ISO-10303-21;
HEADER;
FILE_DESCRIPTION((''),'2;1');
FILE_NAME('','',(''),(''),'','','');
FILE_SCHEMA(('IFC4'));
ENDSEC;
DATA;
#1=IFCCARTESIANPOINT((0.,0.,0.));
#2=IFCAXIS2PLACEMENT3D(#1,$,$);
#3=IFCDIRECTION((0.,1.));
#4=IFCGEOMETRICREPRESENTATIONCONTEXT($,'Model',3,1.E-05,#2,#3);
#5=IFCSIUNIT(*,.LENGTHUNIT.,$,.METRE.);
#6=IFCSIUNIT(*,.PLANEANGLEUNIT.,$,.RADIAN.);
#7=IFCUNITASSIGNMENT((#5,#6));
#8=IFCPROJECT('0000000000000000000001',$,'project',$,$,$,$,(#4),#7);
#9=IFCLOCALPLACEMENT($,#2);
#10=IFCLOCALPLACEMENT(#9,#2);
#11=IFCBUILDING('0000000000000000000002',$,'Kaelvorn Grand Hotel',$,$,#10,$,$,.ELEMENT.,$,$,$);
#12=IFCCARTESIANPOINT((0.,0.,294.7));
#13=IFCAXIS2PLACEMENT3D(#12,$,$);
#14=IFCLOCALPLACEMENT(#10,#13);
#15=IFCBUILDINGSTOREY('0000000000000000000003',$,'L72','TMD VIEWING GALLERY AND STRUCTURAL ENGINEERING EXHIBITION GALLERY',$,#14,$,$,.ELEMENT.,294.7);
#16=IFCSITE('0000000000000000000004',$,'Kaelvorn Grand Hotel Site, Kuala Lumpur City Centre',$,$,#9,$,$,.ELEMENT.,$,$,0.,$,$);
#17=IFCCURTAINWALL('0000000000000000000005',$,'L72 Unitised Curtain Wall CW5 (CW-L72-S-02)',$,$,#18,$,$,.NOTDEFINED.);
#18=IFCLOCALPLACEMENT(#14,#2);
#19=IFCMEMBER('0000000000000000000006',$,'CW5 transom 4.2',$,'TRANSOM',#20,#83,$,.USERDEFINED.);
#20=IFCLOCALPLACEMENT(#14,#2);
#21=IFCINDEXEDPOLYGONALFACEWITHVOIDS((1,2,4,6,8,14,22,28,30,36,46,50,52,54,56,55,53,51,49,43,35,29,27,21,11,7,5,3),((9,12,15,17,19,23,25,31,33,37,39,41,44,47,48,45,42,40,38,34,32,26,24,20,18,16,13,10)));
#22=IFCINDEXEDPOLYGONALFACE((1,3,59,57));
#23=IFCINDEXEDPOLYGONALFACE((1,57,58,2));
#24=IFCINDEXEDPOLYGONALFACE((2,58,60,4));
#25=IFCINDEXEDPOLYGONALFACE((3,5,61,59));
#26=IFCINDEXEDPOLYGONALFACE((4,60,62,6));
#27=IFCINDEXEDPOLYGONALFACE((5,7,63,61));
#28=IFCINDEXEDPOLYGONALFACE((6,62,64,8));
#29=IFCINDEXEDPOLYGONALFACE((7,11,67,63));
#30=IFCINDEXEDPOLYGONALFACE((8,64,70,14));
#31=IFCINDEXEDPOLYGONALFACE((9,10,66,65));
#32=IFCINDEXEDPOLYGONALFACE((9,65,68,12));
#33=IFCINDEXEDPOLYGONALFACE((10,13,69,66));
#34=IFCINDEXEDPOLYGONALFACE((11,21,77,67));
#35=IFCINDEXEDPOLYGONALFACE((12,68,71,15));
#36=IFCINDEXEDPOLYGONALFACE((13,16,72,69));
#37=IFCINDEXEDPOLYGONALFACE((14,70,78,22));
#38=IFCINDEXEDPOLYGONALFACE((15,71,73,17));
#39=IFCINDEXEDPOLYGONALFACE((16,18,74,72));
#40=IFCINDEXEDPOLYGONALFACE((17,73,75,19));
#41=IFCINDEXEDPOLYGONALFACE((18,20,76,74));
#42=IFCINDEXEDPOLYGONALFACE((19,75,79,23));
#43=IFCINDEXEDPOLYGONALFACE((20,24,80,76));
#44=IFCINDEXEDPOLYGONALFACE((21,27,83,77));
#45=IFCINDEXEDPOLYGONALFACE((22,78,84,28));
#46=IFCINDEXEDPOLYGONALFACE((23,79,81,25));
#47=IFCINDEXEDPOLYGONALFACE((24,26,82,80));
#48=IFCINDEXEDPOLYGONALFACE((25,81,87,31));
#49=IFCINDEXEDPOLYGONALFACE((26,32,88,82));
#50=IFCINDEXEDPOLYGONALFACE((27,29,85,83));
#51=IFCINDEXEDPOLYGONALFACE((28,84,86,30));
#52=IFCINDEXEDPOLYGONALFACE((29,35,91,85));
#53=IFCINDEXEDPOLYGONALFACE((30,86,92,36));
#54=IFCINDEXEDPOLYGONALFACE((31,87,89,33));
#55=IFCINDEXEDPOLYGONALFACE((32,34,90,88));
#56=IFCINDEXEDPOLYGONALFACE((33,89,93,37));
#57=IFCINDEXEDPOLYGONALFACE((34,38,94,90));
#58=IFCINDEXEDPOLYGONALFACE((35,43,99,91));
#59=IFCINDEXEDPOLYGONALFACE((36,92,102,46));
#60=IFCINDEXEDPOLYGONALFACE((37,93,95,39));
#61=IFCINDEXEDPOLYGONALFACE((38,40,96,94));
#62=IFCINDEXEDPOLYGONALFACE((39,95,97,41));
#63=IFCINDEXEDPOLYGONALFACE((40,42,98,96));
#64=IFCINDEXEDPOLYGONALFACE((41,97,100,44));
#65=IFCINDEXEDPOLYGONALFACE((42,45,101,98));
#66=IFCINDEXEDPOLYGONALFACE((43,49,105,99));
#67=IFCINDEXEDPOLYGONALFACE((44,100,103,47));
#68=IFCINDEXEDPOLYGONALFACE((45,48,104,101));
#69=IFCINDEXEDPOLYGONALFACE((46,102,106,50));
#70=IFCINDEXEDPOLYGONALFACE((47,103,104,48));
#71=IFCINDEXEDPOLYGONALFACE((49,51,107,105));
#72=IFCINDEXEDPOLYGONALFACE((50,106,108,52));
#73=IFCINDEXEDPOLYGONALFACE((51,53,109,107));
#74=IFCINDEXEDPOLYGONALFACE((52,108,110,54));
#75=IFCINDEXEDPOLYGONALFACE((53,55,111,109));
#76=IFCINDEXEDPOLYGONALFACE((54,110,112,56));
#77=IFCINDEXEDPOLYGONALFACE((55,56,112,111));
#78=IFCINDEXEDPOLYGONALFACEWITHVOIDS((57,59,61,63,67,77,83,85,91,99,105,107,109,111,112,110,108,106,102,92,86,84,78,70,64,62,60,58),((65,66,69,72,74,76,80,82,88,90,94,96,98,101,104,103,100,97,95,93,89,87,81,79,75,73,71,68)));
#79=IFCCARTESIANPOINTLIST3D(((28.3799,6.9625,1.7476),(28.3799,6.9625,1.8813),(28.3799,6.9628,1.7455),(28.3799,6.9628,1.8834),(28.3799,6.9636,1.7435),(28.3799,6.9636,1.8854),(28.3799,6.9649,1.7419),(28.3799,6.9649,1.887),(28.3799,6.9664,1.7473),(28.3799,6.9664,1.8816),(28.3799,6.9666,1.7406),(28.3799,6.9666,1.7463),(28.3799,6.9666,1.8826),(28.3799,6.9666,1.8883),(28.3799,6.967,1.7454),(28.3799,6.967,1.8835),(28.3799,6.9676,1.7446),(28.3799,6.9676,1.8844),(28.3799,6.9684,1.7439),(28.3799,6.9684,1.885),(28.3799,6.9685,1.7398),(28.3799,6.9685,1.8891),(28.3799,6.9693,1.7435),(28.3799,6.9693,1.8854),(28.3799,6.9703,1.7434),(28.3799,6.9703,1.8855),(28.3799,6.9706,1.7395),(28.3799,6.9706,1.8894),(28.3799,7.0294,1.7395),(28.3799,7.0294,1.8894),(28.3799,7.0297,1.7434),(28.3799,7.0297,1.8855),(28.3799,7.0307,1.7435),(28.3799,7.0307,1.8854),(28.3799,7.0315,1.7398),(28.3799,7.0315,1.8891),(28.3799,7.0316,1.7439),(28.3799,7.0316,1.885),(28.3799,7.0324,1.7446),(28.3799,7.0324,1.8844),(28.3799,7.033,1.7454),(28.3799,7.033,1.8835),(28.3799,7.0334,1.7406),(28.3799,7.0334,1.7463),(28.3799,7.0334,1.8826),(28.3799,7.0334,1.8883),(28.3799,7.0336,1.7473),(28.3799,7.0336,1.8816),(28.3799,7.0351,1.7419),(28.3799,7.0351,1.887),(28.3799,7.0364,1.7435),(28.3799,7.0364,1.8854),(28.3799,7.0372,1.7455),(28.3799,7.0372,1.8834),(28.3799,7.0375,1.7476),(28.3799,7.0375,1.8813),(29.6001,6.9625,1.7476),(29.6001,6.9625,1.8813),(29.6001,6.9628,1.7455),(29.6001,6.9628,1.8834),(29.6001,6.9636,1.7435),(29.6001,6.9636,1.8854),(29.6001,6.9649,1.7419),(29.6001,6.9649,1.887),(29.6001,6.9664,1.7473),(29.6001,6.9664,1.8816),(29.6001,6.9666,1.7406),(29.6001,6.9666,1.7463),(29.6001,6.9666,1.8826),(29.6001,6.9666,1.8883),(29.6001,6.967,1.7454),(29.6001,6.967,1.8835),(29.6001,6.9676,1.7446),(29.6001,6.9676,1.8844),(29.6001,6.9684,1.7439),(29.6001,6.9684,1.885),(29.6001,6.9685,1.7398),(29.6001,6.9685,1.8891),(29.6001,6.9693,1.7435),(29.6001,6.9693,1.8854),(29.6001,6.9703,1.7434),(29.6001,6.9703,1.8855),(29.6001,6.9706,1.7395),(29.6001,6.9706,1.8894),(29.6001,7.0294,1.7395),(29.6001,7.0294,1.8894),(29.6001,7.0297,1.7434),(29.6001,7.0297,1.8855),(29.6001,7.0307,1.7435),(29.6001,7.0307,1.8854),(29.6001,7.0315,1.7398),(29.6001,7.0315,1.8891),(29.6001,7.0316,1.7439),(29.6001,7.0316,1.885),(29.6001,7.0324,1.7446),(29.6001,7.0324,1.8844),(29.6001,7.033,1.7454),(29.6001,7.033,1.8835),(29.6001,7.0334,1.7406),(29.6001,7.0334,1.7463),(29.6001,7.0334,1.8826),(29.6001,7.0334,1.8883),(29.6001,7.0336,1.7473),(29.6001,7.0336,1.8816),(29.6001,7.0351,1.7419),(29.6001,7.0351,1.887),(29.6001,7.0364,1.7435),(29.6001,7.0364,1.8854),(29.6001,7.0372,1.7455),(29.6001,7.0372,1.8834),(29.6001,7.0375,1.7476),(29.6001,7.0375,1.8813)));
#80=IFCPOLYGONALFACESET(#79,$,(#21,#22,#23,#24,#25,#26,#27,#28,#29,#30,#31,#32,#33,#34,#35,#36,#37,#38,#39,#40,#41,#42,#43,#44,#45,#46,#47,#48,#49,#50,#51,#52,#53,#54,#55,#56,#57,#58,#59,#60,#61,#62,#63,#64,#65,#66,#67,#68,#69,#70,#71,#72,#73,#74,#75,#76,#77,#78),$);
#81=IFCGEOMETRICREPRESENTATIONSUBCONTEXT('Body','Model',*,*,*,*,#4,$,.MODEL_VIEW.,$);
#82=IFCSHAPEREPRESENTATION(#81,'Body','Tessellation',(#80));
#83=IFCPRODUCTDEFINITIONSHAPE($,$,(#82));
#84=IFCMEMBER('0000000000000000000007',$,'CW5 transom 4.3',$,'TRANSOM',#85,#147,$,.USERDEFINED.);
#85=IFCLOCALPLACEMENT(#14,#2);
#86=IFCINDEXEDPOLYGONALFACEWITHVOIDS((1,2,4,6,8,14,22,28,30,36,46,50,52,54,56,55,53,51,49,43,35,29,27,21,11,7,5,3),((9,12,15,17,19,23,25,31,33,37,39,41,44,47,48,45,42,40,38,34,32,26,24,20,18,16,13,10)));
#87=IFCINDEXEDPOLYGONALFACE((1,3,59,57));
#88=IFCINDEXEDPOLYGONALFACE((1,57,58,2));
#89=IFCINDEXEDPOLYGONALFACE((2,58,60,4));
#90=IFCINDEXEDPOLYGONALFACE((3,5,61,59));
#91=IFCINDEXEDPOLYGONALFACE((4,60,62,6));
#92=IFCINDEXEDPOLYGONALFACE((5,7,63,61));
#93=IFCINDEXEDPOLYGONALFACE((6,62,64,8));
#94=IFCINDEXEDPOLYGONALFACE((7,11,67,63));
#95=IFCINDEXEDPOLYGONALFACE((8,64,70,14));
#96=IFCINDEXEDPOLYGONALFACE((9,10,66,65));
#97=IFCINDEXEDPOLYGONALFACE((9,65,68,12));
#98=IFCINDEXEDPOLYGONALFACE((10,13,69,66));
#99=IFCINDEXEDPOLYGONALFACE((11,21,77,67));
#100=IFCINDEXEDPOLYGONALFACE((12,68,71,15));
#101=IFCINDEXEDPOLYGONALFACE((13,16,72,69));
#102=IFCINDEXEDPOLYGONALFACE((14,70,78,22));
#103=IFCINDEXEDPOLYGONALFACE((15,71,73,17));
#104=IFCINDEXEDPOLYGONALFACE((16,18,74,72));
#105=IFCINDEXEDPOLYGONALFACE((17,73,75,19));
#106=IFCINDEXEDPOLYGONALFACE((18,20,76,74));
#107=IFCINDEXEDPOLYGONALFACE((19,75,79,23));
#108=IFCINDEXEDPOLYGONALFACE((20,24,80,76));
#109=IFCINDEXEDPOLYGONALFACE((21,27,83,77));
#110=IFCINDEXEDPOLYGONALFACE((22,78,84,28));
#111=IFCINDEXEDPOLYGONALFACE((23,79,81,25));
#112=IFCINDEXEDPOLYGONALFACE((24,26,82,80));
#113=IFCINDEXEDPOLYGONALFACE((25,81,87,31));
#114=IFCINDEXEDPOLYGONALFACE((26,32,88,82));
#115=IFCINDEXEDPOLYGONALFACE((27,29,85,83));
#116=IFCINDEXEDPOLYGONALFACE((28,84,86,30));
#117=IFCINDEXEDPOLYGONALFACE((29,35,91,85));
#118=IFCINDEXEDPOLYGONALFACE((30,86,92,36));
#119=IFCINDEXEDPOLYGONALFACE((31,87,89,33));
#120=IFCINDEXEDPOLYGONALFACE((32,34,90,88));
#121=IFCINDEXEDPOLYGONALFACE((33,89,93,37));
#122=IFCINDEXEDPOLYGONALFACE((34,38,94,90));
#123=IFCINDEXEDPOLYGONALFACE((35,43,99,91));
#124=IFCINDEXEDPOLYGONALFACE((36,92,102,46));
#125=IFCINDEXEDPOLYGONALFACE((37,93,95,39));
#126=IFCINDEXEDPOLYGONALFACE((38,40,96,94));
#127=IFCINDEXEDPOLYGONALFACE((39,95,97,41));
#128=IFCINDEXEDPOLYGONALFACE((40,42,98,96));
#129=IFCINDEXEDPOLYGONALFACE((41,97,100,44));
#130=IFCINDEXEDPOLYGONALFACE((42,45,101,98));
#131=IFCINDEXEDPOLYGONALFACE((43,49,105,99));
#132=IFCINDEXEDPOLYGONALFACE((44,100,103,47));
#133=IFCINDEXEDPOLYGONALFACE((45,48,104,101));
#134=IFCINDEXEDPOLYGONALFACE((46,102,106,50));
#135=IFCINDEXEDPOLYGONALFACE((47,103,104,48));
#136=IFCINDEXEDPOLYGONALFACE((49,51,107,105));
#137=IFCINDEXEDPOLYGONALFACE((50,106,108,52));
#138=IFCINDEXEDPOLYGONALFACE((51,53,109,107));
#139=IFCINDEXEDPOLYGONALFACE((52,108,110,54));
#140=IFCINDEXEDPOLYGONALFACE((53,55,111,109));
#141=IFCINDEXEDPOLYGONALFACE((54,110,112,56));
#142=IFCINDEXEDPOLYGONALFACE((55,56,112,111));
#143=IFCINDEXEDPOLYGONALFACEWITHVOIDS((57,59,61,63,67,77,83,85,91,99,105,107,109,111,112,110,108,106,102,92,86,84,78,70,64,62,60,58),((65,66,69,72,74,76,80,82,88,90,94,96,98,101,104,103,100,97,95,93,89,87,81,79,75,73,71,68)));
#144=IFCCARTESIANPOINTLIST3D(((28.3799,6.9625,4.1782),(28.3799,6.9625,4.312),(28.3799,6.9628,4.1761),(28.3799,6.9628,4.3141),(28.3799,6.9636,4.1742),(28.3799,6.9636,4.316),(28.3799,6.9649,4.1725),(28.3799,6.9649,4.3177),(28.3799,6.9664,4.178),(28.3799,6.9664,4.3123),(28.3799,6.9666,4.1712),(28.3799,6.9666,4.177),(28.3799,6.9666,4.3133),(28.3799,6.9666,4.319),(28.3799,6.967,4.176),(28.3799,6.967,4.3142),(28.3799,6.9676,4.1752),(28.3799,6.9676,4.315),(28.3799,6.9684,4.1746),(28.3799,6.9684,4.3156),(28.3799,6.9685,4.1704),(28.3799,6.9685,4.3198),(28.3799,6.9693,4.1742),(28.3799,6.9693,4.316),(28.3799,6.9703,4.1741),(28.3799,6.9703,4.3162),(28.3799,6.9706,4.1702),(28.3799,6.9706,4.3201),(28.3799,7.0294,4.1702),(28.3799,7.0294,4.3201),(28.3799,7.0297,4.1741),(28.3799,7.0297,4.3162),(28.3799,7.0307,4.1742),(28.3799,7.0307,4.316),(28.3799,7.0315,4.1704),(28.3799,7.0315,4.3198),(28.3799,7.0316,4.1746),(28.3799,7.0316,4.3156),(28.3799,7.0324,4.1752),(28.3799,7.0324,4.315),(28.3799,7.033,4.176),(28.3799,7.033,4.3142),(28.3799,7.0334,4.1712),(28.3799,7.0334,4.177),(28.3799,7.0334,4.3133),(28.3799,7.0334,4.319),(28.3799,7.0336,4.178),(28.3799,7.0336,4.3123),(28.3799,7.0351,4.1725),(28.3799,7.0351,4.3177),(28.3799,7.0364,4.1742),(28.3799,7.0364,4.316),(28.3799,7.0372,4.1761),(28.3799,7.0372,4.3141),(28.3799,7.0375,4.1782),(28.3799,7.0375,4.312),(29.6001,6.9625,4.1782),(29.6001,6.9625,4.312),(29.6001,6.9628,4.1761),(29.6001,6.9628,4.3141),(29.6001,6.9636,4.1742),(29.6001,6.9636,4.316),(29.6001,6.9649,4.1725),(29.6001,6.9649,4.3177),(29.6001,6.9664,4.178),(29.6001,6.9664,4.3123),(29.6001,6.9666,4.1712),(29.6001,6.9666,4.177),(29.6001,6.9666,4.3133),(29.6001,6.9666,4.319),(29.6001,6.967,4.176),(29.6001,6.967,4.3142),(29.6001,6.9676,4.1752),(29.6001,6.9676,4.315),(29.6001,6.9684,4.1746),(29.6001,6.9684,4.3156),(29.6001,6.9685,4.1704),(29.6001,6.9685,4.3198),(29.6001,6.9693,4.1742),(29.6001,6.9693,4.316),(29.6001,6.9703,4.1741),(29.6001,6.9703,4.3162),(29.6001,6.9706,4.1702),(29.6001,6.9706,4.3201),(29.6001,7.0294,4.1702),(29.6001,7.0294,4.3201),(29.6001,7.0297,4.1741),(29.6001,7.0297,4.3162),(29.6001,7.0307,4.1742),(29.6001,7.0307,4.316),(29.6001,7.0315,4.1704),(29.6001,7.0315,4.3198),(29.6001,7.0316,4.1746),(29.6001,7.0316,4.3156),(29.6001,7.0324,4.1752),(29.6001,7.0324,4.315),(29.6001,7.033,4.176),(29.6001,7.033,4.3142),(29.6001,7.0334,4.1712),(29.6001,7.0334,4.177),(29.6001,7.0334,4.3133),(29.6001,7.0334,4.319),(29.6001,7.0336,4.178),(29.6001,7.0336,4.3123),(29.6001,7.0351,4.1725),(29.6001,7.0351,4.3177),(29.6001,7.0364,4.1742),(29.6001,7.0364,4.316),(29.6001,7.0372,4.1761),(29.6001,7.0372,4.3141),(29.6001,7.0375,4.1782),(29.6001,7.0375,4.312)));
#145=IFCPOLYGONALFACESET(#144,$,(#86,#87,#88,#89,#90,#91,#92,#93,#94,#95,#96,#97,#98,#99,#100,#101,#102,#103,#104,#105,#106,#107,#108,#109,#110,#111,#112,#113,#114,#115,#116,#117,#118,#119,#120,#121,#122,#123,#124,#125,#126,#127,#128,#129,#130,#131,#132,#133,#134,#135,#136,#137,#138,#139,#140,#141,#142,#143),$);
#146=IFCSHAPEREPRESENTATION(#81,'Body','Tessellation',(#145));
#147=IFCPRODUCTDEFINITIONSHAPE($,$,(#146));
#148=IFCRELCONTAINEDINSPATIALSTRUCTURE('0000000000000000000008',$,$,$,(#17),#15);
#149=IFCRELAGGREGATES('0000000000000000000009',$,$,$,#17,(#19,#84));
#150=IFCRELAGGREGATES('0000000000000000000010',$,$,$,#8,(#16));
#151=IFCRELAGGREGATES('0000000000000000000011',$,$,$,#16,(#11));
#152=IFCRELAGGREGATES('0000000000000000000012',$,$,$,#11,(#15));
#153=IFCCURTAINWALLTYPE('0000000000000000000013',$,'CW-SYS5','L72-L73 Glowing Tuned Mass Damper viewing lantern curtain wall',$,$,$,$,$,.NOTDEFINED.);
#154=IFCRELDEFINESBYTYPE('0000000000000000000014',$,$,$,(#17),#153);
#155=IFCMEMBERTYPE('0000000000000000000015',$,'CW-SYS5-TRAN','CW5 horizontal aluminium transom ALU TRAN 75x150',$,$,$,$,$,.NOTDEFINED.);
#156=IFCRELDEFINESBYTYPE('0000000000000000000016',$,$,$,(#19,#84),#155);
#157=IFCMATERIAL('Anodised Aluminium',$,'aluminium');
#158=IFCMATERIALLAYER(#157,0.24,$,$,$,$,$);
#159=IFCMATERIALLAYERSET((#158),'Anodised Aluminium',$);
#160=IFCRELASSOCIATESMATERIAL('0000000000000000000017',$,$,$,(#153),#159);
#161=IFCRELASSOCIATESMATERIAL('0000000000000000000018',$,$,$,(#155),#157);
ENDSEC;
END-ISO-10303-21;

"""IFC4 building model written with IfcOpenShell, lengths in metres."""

from ifc_helpers import new_model, si_unit, direction, frame, origin, origin_2d, place, context, subcontext, project, spatial, hollow_rectangle, extrude, material, layer, layer_set, material_profile, profile_set, type_object, element, aggregate, save


model = new_model("IFC4")

# Units and contexts
model_context = context("Model", 3, precision=1e-05, world=origin(), true_north=direction((0.0, 1.0)))
body_context = subcontext(model_context, "Body", "Model", "MODEL_VIEW")
ifc_project = project(units=[si_unit("LENGTHUNIT", "METRE"), si_unit("PLANEANGLEUNIT", "RADIAN")], contexts=[model_context])

# Site, building, storey
site_placement = place(None, origin())
site = spatial("IfcSite", under=ifc_project, at=site_placement, Name="Kaelvorn Grand Hotel Site, Kuala Lumpur City Centre", CompositionType="ELEMENT", RefElevation=0.0)
building_placement = place(site_placement, origin())
building = spatial("IfcBuilding", under=site, at=building_placement, Name="Kaelvorn Grand Hotel", CompositionType="ELEMENT")
storey_placement = place(building_placement, frame((0.0, 0.0, 294.7)))
storey = spatial("IfcBuildingStorey", under=building, at=storey_placement, Name="L72", Description="TMD VIEWING GALLERY AND STRUCTURAL ENGINEERING EXHIBITION GALLERY", CompositionType="ELEMENT", Elevation=294.7)

# Curtain wall
ifc_material_1 = material(Name="Anodised Aluminium", Category="aluminium")
ifc_layer_1 = layer(ifc_material_1, 0.24)
ifc_layer_set_1 = layer_set([ifc_layer_1], Name="Anodised Aluminium")
curtain_wall_type = type_object("IfcCurtainWallType", Name="CW-SYS5", Description="L72-L73 Glowing Tuned Mass Damper viewing lantern curtain wall", PredefinedType="NOTDEFINED", material=ifc_layer_set_1)
curtain_wall_1_placement = place(storey_placement, origin())
curtain_wall_1 = element("IfcCurtainWall", 1, at=curtain_wall_1_placement, inside=storey, type_object=curtain_wall_type, Name="L72 Unitised Curtain Wall CW5 (CW-L72-S-02)", PredefinedType="NOTDEFINED")

# Members
ifc_material_profile_1 = material_profile(ifc_material_1, hollow_rectangle(XDim=0.075, YDim=0.1499, WallThickness=0.0039, InnerFilletRadius=0.0039, OuterFilletRadius=0.0081, at=origin_2d()), Name="ALU TRAN 75x150")
ifc_profile_set_1 = profile_set([ifc_material_profile_1], Name="Anodised Aluminium")
member_type_1 = type_object("IfcMemberType", Name="CW-SYS5-TRAN", Description="CW5 horizontal aluminium transom ALU TRAN 75x150", PredefinedType="NOTDEFINED", material=ifc_profile_set_1)
member_1_placement = place(storey_placement, frame((28.3799, 7.0, 1.8145), z_axis=(1.0, 0.0, 0.0), x_axis=(0.0, 1.0, 0.0)))
member_1 = element("IfcMember", 2, at=member_1_placement, type_object=member_type_1, Name="CW5 transom 4.2", ObjectType="TRANSOM", PredefinedType="USERDEFINED", context=body_context, shape_type="SweptSolid", body=[
    extrude(hollow_rectangle(XDim=0.075, YDim=0.1499, WallThickness=0.0039, InnerFilletRadius=0.0039, OuterFilletRadius=0.0081, at=origin_2d()), origin(), (0.0, 0.0, 1.0), 1.2202),
])
member_2_placement = place(storey_placement, frame((28.3799, 7.0, 4.2451), z_axis=(1.0, 0.0, 0.0), x_axis=(0.0, 1.0, 0.0)))
member_2 = element("IfcMember", 3, at=member_2_placement, type_object=member_type_1, Name="CW5 transom 4.3", ObjectType="TRANSOM", PredefinedType="USERDEFINED", context=body_context, shape_type="SweptSolid", body=[
    extrude(hollow_rectangle(XDim=0.075, YDim=0.1499, WallThickness=0.0039, InnerFilletRadius=0.0039, OuterFilletRadius=0.0081, at=origin_2d()), origin(), (0.0, 0.0, 1.0), 1.2202),
])

aggregate(curtain_wall_1, [member_1, member_2])

save(model, "model.ifc")
